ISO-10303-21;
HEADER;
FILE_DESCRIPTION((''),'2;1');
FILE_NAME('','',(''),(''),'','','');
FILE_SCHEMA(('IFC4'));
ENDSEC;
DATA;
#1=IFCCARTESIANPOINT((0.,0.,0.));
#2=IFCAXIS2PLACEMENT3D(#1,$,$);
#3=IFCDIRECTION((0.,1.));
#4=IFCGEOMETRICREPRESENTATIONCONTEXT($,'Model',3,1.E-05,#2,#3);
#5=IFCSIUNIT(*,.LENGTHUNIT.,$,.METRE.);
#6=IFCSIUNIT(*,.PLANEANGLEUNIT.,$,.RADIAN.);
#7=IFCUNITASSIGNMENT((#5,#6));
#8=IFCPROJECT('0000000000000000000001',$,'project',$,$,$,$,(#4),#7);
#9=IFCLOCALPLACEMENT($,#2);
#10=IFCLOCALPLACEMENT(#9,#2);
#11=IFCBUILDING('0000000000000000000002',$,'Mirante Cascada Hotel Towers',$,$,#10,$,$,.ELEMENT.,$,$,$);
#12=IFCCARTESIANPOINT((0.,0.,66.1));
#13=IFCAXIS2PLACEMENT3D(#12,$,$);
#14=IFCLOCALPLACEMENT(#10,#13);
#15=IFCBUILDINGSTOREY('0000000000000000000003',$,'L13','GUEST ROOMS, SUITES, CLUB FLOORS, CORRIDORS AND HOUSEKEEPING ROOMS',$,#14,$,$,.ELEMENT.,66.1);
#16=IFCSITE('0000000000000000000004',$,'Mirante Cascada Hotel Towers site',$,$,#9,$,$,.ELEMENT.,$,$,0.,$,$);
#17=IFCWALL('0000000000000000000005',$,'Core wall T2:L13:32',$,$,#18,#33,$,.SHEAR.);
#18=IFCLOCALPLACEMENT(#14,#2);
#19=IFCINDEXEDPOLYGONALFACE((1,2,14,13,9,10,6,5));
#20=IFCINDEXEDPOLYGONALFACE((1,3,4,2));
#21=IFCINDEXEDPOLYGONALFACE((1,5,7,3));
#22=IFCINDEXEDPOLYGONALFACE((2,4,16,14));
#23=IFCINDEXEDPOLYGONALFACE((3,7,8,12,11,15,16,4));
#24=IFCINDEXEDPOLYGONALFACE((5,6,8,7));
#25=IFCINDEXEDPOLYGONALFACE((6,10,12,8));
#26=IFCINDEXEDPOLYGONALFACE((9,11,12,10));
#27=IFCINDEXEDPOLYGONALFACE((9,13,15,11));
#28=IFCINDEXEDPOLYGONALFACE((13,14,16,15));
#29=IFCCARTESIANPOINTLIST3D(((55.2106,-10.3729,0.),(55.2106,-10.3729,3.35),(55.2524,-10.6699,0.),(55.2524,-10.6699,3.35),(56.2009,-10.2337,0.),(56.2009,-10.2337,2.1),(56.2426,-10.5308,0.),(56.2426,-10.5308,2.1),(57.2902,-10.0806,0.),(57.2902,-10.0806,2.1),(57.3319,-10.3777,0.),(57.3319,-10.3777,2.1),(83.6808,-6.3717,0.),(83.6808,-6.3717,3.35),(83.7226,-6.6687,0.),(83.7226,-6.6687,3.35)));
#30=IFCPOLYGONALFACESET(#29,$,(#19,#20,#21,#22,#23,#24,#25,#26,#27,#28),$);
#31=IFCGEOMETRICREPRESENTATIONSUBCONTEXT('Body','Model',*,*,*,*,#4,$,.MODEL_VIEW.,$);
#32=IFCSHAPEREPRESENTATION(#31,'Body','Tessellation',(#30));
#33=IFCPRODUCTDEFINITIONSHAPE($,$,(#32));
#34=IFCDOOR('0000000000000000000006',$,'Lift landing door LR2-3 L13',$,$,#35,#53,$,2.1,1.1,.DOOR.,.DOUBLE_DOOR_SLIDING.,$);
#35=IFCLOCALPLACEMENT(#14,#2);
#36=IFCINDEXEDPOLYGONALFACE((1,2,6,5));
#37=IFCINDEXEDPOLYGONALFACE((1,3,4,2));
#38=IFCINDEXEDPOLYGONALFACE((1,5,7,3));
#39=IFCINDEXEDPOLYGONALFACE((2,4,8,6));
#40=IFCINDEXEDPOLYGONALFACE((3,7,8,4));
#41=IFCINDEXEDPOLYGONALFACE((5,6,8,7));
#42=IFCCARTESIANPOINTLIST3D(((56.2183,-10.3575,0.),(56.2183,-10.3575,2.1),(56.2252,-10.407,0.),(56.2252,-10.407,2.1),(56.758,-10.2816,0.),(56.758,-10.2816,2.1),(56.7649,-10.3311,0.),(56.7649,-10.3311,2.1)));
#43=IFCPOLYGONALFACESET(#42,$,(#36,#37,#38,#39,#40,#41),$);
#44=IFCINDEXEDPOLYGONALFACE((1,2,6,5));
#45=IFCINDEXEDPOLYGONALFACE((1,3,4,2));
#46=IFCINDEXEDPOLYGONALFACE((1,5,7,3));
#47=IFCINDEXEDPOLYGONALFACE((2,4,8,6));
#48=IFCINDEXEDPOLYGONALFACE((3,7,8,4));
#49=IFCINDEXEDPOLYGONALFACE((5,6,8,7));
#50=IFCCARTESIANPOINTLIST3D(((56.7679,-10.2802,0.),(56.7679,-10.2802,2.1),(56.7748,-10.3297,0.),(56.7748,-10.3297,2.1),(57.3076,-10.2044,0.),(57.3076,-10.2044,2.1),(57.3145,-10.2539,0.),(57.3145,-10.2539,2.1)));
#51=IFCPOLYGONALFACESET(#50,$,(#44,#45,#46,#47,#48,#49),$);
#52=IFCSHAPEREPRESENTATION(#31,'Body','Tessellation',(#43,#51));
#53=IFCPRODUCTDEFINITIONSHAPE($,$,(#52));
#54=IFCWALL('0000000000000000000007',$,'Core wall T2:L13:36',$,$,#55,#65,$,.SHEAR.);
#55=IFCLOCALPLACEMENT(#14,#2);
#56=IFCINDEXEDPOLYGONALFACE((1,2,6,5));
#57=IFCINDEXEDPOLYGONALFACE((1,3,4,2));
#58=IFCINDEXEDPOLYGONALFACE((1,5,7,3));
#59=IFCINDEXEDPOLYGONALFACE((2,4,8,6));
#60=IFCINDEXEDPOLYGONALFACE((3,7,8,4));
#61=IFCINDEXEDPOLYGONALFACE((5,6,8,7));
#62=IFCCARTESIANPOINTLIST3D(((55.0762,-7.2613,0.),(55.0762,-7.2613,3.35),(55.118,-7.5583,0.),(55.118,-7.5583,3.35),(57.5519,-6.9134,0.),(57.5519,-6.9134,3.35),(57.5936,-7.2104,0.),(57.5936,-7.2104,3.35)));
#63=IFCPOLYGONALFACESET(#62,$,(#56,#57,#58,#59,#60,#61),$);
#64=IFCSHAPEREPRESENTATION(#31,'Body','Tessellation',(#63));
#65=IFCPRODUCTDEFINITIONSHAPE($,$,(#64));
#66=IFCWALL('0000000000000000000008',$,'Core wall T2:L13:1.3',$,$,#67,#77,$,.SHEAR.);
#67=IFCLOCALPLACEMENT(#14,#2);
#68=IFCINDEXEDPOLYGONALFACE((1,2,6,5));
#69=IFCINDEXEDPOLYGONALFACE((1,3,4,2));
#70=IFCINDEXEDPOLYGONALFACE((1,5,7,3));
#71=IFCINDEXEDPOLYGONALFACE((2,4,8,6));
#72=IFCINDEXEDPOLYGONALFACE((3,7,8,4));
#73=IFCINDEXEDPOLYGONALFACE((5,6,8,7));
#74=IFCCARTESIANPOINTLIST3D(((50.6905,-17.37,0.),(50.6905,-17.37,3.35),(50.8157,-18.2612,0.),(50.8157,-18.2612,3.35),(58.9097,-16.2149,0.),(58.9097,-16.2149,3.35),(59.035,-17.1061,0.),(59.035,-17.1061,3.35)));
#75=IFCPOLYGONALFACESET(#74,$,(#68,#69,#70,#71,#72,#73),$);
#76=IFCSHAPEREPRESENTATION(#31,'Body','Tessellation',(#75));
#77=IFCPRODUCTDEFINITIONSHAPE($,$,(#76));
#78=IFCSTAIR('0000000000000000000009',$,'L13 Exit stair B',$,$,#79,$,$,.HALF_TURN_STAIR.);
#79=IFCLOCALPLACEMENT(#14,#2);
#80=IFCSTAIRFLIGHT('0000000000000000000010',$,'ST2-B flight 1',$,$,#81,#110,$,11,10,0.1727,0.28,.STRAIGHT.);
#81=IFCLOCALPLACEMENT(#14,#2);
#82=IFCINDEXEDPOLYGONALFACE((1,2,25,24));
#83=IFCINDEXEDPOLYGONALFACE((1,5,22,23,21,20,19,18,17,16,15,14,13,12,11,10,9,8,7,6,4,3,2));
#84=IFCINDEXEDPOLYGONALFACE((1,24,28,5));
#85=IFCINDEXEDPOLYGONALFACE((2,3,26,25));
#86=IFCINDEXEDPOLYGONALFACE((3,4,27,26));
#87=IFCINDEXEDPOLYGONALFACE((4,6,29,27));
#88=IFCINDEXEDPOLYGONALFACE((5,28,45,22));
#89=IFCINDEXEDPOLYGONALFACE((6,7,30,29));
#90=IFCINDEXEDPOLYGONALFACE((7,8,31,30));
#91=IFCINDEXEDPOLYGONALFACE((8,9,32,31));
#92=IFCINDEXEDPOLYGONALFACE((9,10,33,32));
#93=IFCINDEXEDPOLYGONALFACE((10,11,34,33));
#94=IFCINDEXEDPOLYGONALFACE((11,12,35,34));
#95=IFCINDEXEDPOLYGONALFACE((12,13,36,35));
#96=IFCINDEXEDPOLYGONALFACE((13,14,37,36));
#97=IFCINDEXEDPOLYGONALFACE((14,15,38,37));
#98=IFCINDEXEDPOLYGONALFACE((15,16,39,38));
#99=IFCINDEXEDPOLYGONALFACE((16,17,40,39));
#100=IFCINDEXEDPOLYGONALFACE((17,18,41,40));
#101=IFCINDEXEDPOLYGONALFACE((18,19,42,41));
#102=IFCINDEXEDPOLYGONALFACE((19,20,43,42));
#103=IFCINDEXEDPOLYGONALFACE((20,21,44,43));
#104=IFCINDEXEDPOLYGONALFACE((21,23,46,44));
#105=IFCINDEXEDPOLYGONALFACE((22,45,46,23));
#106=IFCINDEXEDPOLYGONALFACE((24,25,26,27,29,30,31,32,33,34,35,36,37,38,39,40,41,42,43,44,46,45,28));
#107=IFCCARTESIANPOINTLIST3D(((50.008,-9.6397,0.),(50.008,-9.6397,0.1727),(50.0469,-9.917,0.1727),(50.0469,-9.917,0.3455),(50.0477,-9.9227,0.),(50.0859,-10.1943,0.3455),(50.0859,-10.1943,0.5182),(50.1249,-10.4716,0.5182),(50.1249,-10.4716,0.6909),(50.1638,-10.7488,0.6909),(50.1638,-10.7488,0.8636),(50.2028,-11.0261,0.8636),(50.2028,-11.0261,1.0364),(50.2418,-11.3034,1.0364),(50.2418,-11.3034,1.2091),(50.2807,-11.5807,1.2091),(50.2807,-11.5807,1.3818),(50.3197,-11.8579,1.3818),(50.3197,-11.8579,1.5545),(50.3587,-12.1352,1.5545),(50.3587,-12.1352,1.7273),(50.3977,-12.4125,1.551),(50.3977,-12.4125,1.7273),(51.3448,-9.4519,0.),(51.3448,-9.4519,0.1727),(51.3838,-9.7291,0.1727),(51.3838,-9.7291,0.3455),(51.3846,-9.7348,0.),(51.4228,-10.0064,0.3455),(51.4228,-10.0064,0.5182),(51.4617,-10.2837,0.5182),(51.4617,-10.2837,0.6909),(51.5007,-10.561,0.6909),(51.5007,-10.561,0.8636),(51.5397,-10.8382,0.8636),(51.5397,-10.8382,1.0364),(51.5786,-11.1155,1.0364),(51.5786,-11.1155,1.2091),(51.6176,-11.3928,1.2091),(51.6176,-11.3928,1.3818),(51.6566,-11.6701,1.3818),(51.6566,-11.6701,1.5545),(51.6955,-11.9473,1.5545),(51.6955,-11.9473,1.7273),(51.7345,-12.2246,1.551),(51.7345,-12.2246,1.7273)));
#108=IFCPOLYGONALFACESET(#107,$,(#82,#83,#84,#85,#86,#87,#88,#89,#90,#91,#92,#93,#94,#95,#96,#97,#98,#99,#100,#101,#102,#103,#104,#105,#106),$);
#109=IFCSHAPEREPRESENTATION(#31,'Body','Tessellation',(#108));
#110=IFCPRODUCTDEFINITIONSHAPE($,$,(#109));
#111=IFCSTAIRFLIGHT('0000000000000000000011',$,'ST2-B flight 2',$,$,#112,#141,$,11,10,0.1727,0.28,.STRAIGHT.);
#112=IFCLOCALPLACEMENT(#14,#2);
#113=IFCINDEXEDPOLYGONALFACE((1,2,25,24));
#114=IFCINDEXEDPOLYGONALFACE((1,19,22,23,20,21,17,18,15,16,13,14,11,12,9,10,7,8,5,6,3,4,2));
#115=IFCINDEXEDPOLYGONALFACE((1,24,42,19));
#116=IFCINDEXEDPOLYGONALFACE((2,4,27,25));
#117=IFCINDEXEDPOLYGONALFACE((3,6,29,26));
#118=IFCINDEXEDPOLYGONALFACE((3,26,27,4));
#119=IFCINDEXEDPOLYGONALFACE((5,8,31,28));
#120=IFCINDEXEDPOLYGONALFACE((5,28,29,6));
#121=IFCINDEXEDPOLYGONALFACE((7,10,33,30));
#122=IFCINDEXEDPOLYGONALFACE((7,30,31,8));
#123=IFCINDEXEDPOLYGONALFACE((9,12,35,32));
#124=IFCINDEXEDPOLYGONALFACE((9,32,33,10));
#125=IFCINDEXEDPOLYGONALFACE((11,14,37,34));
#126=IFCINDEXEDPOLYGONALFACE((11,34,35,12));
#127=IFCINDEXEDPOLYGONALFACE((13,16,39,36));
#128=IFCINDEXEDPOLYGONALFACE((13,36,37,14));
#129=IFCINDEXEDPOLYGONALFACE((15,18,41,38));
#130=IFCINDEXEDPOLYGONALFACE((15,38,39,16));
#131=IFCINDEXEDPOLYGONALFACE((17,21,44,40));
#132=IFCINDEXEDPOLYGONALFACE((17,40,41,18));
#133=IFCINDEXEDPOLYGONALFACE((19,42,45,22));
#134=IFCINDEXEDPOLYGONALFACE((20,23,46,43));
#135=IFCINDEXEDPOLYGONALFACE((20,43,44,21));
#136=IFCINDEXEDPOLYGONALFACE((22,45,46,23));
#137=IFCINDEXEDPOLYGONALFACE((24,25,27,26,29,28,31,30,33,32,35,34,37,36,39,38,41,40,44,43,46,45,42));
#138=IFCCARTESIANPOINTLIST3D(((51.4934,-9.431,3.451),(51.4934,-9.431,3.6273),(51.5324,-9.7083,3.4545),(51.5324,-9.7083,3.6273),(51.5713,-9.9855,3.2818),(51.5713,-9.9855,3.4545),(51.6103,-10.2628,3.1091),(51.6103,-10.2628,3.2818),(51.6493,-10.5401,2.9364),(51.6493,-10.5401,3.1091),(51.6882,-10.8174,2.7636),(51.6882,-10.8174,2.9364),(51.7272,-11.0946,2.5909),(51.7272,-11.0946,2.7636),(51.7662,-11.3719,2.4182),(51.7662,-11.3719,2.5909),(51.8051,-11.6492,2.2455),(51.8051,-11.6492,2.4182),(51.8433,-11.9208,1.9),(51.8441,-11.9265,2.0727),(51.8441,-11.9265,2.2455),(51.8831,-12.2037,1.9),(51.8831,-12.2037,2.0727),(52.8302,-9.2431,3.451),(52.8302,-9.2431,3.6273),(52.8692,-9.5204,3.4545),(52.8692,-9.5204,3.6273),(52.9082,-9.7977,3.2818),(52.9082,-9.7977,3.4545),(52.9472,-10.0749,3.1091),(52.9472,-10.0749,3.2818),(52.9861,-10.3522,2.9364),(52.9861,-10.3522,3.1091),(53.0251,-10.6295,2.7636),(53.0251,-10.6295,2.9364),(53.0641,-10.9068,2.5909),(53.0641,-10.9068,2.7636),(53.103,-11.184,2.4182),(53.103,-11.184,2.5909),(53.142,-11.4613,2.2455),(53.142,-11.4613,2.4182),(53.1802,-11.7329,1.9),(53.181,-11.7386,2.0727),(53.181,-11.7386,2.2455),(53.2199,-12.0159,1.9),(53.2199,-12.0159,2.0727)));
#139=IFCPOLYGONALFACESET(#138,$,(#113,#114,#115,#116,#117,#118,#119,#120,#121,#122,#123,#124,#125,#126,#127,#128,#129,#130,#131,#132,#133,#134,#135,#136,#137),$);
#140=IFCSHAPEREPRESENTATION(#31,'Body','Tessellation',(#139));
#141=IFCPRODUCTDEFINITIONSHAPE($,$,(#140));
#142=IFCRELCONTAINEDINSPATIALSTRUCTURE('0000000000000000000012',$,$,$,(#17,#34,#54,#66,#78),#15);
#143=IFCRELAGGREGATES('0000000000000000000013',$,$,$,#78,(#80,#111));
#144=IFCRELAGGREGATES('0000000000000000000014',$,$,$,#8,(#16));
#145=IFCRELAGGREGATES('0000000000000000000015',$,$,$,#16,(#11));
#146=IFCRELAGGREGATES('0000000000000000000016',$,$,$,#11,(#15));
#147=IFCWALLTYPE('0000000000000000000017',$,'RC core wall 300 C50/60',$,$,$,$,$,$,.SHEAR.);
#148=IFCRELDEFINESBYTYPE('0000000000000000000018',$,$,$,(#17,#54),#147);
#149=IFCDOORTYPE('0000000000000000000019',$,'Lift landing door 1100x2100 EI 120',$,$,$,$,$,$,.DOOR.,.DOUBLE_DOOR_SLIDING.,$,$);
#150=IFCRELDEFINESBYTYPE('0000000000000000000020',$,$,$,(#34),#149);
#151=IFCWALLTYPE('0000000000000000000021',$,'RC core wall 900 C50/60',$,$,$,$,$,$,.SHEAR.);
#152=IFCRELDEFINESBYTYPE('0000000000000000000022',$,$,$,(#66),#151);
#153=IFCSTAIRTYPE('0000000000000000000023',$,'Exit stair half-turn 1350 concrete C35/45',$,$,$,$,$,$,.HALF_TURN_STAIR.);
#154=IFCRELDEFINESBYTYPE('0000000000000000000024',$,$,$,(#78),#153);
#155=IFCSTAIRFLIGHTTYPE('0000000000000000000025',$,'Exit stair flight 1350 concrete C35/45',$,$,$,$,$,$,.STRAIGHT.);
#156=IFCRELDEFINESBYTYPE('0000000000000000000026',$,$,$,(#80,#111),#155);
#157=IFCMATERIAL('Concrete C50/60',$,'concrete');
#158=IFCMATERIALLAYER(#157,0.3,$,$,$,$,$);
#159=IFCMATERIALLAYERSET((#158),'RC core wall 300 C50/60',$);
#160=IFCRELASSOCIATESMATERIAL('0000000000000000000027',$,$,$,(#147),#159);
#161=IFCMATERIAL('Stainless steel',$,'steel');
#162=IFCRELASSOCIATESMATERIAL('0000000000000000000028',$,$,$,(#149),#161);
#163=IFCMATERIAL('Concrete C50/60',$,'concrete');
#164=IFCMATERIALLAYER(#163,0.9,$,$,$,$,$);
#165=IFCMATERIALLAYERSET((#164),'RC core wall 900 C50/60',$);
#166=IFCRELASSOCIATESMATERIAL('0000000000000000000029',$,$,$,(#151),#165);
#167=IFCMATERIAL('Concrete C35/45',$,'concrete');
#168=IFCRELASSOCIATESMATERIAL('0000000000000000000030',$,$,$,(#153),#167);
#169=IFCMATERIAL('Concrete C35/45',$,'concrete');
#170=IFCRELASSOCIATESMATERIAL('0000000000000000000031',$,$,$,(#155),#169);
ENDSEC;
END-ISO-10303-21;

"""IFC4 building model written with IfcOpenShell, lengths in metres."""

from ifc_helpers import new_model, si_unit, direction, frame, frame_2d, origin, place, context, subcontext, project, spatial, polyline, rectangle, outline, extrude, material, layer, layer_set, type_object, element, fill, aggregate, save


model = new_model("IFC4")

# Units and contexts
model_context = context("Model", 3, precision=1e-05, world=origin(), true_north=direction((0.0, 1.0)))
body_context = subcontext(model_context, "Body", "Model", "MODEL_VIEW")
ifc_project = project(units=[si_unit("LENGTHUNIT", "METRE"), si_unit("PLANEANGLEUNIT", "RADIAN")], contexts=[model_context])

# Site, building, storey
site_placement = place(None, origin())
site = spatial("IfcSite", under=ifc_project, at=site_placement, Name="Mirante Cascada Hotel Towers site", CompositionType="ELEMENT", RefElevation=0.0)
building_placement = place(site_placement, origin())
building = spatial("IfcBuilding", under=site, at=building_placement, Name="Mirante Cascada Hotel Towers", CompositionType="ELEMENT")
storey_placement = place(building_placement, frame((0.0, 0.0, 66.1)))
storey = spatial("IfcBuildingStorey", under=building, at=storey_placement, Name="L13", Description="GUEST ROOMS, SUITES, CLUB FLOORS, CORRIDORS AND HOUSEKEEPING ROOMS", CompositionType="ELEMENT", Elevation=66.1)

# Shared definitions
ifc_material_1 = material(Name="Concrete C50/60", Category="concrete")
ifc_layer_1 = layer(ifc_material_1, 0.3)
ifc_layer_set_1 = layer_set([ifc_layer_1], Name="RC core wall 300 C50/60")
wall_type_1 = type_object("IfcWallType", Name="RC core wall 300 C50/60", PredefinedType="SHEAR", material=ifc_layer_set_1)

# Shared definitions
ifc_material_2 = material(Name="Stainless steel", Category="steel")
door_type_1 = type_object("IfcDoorType", Name="Lift landing door 1100x2100 EI 120", OperationType="DOUBLE_DOOR_SLIDING", PredefinedType="DOOR", material=ifc_material_2)

# Wall, opening, door
wall_1_placement = place(storey_placement, frame((55.2315, -10.5214, 0.0), z_axis=(0.0, 0.0, 1.0), x_axis=(0.990268, 0.139172, 0.0)))
wall_1 = element("IfcWall", 1, at=wall_1_placement, inside=storey, type_object=wall_type_1, Name="Core wall T2:L13:32", PredefinedType="SHEAR", context=body_context, shape_type="SweptSolid", body=[
    extrude(rectangle(XDim=28.75, YDim=0.3, at=frame_2d((14.375, 0.0))), origin(), (0.0, 0.0, 1.0), 3.35),
])
opening_1_placement = place(wall_1_placement, frame((1.0, 0.0, 0.0)))
opening_1 = element("IfcOpeningElement", 2, at=opening_1_placement, cuts=wall_1, PredefinedType="OPENING", context=body_context, shape_type="SweptSolid", body=[
    extrude(rectangle(XDim=1.1, YDim=2.1, at=frame_2d((0.55, 1.05))), frame((0.0, 0.15, 0.0), z_axis=(0.0, -1.0, 0.0), x_axis=(1.0, 0.0, 0.0)), (0.0, 0.0, 1.0), 0.3),
])
door_1_placement = place(opening_1_placement, origin())
door_1 = element("IfcDoor", 3, at=door_1_placement, inside=storey, type_object=door_type_1, Name="Lift landing door LR2-3 L13", OperationType="DOUBLE_DOOR_SLIDING", OverallHeight=2.1, OverallWidth=1.1, PredefinedType="DOOR", context=body_context, shape_type="SweptSolid", body=[
    extrude(rectangle(XDim=0.545, YDim=2.1, at=frame_2d((0.2725, 1.05))), frame((0.0, 0.025, 0.0), z_axis=(0.0, -1.0, 0.0), x_axis=(1.0, 0.0, 0.0)), (0.0, 0.0, 1.0), 0.05),
    extrude(rectangle(XDim=0.545, YDim=2.1, at=frame_2d((0.8275, 1.05))), frame((0.0, 0.025, 0.0), z_axis=(0.0, -1.0, 0.0), x_axis=(1.0, 0.0, 0.0)), (0.0, 0.0, 1.0), 0.05),
])
fill(opening_1, door_1)

# Walls
wall_2_placement = place(storey_placement, frame((55.0971, -7.4098, 0.0), z_axis=(0.0, 0.0, 1.0), x_axis=(0.99027, 0.139159, 0.0)))
element("IfcWall", 4, at=wall_2_placement, inside=storey, type_object=wall_type_1, Name="Core wall T2:L13:36", PredefinedType="SHEAR", context=body_context, shape_type="SweptSolid", body=[
    extrude(rectangle(XDim=2.5, YDim=0.3, at=frame_2d((1.25, 0.0))), origin(), (0.0, 0.0, 1.0), 3.35),
])
ifc_material_3 = material(Name="Concrete C50/60", Category="concrete")
ifc_layer_2 = layer(ifc_material_3, 0.9)
ifc_layer_set_2 = layer_set([ifc_layer_2], Name="RC core wall 900 C50/60")
wall_type_2 = type_object("IfcWallType", Name="RC core wall 900 C50/60", PredefinedType="SHEAR", material=ifc_layer_set_2)
wall_3_placement = place(storey_placement, frame((50.7531, -17.8156, 0.0), z_axis=(0.0, 0.0, 1.0), x_axis=(0.990269, 0.139169, 0.0)))
element("IfcWall", 5, at=wall_3_placement, inside=storey, type_object=wall_type_2, Name="Core wall T2:L13:1.3", PredefinedType="SHEAR", context=body_context, shape_type="SweptSolid", body=[
    extrude(rectangle(XDim=8.3, YDim=0.9, at=frame_2d((4.15, 0.0))), origin(), (0.0, 0.0, 1.0), 3.35),
])

# Stair, stair flights
ifc_material_4 = material(Name="Concrete C35/45", Category="concrete")
stair_type = type_object("IfcStairType", Name="Exit stair half-turn 1350 concrete C35/45", PredefinedType="HALF_TURN_STAIR", material=ifc_material_4)
stair_placement = place(storey_placement, origin())
stair = element("IfcStair", 6, at=stair_placement, inside=storey, type_object=stair_type, Name="L13 Exit stair B", PredefinedType="HALF_TURN_STAIR")
ifc_material_5 = material(Name="Concrete C35/45", Category="concrete")
stair_flight_type = type_object("IfcStairFlightType", Name="Exit stair flight 1350 concrete C35/45", PredefinedType="STRAIGHT", material=ifc_material_5)
stair_flight_1_placement = place(storey_placement, frame((50.6764, -9.5458, 0.0), z_axis=(0.0, 0.0, 1.0), x_axis=(0.139173, -0.990268, 0.0)))
stair_flight_1 = element("IfcStairFlight", 7, at=stair_flight_1_placement, type_object=stair_flight_type, Name="ST2-B flight 1", NumberOfRisers=11, NumberOfTreads=10, PredefinedType="STRAIGHT", RiserHeight=0.1727, TreadLength=0.28, context=body_context, shape_type="SweptSolid", body=[
    extrude(outline(polyline([(0.0, 0.0), (0.0, 0.1727), (0.28, 0.1727), (0.28, 0.3455), (0.56, 0.3455), (0.56, 0.5182), (0.84, 0.5182), (0.84, 0.6909), (1.12, 0.6909), (1.12, 0.8636), (1.4, 0.8636), (1.4, 1.0364), (1.68, 1.0364), (1.68, 1.2091), (1.96, 1.2091), (1.96, 1.3818), (2.24, 1.3818), (2.24, 1.5545), (2.52, 1.5545), (2.52, 1.7273), (2.8, 1.7273), (2.8, 1.9), (2.8, 1.551), (0.2857, 0.0), (0.0, 0.0)])), frame((0.0, 0.675, 0.0), z_axis=(0.0, -1.0, 0.0), x_axis=(1.0, 0.0, 0.0)), (0.0, 0.0, 1.0), 1.35),
])
stair_flight_2_placement = place(storey_placement, frame((52.5515, -12.1098, 1.9), z_axis=(0.0, 0.0, 1.0), x_axis=(-0.139173, 0.990268, 0.0)))
stair_flight_2 = element("IfcStairFlight", 8, at=stair_flight_2_placement, type_object=stair_flight_type, Name="ST2-B flight 2", NumberOfRisers=11, NumberOfTreads=10, PredefinedType="STRAIGHT", RiserHeight=0.1727, TreadLength=0.28, context=body_context, shape_type="SweptSolid", body=[
    extrude(outline(polyline([(0.0, 0.0), (0.0, 0.1727), (0.28, 0.1727), (0.28, 0.3455), (0.56, 0.3455), (0.56, 0.5182), (0.84, 0.5182), (0.84, 0.6909), (1.12, 0.6909), (1.12, 0.8636), (1.4, 0.8636), (1.4, 1.0364), (1.68, 1.0364), (1.68, 1.2091), (1.96, 1.2091), (1.96, 1.3818), (2.24, 1.3818), (2.24, 1.5545), (2.52, 1.5545), (2.52, 1.7273), (2.8, 1.7273), (2.8, 1.9), (2.8, 1.551), (0.2857, 0.0), (0.0, 0.0)])), frame((0.0, 0.675, 0.0), z_axis=(0.0, -1.0, 0.0), x_axis=(1.0, 0.0, 0.0)), (0.0, 0.0, 1.0), 1.35),
])
aggregate(stair, [stair_flight_1, stair_flight_2])

save(model, "model.ifc")
